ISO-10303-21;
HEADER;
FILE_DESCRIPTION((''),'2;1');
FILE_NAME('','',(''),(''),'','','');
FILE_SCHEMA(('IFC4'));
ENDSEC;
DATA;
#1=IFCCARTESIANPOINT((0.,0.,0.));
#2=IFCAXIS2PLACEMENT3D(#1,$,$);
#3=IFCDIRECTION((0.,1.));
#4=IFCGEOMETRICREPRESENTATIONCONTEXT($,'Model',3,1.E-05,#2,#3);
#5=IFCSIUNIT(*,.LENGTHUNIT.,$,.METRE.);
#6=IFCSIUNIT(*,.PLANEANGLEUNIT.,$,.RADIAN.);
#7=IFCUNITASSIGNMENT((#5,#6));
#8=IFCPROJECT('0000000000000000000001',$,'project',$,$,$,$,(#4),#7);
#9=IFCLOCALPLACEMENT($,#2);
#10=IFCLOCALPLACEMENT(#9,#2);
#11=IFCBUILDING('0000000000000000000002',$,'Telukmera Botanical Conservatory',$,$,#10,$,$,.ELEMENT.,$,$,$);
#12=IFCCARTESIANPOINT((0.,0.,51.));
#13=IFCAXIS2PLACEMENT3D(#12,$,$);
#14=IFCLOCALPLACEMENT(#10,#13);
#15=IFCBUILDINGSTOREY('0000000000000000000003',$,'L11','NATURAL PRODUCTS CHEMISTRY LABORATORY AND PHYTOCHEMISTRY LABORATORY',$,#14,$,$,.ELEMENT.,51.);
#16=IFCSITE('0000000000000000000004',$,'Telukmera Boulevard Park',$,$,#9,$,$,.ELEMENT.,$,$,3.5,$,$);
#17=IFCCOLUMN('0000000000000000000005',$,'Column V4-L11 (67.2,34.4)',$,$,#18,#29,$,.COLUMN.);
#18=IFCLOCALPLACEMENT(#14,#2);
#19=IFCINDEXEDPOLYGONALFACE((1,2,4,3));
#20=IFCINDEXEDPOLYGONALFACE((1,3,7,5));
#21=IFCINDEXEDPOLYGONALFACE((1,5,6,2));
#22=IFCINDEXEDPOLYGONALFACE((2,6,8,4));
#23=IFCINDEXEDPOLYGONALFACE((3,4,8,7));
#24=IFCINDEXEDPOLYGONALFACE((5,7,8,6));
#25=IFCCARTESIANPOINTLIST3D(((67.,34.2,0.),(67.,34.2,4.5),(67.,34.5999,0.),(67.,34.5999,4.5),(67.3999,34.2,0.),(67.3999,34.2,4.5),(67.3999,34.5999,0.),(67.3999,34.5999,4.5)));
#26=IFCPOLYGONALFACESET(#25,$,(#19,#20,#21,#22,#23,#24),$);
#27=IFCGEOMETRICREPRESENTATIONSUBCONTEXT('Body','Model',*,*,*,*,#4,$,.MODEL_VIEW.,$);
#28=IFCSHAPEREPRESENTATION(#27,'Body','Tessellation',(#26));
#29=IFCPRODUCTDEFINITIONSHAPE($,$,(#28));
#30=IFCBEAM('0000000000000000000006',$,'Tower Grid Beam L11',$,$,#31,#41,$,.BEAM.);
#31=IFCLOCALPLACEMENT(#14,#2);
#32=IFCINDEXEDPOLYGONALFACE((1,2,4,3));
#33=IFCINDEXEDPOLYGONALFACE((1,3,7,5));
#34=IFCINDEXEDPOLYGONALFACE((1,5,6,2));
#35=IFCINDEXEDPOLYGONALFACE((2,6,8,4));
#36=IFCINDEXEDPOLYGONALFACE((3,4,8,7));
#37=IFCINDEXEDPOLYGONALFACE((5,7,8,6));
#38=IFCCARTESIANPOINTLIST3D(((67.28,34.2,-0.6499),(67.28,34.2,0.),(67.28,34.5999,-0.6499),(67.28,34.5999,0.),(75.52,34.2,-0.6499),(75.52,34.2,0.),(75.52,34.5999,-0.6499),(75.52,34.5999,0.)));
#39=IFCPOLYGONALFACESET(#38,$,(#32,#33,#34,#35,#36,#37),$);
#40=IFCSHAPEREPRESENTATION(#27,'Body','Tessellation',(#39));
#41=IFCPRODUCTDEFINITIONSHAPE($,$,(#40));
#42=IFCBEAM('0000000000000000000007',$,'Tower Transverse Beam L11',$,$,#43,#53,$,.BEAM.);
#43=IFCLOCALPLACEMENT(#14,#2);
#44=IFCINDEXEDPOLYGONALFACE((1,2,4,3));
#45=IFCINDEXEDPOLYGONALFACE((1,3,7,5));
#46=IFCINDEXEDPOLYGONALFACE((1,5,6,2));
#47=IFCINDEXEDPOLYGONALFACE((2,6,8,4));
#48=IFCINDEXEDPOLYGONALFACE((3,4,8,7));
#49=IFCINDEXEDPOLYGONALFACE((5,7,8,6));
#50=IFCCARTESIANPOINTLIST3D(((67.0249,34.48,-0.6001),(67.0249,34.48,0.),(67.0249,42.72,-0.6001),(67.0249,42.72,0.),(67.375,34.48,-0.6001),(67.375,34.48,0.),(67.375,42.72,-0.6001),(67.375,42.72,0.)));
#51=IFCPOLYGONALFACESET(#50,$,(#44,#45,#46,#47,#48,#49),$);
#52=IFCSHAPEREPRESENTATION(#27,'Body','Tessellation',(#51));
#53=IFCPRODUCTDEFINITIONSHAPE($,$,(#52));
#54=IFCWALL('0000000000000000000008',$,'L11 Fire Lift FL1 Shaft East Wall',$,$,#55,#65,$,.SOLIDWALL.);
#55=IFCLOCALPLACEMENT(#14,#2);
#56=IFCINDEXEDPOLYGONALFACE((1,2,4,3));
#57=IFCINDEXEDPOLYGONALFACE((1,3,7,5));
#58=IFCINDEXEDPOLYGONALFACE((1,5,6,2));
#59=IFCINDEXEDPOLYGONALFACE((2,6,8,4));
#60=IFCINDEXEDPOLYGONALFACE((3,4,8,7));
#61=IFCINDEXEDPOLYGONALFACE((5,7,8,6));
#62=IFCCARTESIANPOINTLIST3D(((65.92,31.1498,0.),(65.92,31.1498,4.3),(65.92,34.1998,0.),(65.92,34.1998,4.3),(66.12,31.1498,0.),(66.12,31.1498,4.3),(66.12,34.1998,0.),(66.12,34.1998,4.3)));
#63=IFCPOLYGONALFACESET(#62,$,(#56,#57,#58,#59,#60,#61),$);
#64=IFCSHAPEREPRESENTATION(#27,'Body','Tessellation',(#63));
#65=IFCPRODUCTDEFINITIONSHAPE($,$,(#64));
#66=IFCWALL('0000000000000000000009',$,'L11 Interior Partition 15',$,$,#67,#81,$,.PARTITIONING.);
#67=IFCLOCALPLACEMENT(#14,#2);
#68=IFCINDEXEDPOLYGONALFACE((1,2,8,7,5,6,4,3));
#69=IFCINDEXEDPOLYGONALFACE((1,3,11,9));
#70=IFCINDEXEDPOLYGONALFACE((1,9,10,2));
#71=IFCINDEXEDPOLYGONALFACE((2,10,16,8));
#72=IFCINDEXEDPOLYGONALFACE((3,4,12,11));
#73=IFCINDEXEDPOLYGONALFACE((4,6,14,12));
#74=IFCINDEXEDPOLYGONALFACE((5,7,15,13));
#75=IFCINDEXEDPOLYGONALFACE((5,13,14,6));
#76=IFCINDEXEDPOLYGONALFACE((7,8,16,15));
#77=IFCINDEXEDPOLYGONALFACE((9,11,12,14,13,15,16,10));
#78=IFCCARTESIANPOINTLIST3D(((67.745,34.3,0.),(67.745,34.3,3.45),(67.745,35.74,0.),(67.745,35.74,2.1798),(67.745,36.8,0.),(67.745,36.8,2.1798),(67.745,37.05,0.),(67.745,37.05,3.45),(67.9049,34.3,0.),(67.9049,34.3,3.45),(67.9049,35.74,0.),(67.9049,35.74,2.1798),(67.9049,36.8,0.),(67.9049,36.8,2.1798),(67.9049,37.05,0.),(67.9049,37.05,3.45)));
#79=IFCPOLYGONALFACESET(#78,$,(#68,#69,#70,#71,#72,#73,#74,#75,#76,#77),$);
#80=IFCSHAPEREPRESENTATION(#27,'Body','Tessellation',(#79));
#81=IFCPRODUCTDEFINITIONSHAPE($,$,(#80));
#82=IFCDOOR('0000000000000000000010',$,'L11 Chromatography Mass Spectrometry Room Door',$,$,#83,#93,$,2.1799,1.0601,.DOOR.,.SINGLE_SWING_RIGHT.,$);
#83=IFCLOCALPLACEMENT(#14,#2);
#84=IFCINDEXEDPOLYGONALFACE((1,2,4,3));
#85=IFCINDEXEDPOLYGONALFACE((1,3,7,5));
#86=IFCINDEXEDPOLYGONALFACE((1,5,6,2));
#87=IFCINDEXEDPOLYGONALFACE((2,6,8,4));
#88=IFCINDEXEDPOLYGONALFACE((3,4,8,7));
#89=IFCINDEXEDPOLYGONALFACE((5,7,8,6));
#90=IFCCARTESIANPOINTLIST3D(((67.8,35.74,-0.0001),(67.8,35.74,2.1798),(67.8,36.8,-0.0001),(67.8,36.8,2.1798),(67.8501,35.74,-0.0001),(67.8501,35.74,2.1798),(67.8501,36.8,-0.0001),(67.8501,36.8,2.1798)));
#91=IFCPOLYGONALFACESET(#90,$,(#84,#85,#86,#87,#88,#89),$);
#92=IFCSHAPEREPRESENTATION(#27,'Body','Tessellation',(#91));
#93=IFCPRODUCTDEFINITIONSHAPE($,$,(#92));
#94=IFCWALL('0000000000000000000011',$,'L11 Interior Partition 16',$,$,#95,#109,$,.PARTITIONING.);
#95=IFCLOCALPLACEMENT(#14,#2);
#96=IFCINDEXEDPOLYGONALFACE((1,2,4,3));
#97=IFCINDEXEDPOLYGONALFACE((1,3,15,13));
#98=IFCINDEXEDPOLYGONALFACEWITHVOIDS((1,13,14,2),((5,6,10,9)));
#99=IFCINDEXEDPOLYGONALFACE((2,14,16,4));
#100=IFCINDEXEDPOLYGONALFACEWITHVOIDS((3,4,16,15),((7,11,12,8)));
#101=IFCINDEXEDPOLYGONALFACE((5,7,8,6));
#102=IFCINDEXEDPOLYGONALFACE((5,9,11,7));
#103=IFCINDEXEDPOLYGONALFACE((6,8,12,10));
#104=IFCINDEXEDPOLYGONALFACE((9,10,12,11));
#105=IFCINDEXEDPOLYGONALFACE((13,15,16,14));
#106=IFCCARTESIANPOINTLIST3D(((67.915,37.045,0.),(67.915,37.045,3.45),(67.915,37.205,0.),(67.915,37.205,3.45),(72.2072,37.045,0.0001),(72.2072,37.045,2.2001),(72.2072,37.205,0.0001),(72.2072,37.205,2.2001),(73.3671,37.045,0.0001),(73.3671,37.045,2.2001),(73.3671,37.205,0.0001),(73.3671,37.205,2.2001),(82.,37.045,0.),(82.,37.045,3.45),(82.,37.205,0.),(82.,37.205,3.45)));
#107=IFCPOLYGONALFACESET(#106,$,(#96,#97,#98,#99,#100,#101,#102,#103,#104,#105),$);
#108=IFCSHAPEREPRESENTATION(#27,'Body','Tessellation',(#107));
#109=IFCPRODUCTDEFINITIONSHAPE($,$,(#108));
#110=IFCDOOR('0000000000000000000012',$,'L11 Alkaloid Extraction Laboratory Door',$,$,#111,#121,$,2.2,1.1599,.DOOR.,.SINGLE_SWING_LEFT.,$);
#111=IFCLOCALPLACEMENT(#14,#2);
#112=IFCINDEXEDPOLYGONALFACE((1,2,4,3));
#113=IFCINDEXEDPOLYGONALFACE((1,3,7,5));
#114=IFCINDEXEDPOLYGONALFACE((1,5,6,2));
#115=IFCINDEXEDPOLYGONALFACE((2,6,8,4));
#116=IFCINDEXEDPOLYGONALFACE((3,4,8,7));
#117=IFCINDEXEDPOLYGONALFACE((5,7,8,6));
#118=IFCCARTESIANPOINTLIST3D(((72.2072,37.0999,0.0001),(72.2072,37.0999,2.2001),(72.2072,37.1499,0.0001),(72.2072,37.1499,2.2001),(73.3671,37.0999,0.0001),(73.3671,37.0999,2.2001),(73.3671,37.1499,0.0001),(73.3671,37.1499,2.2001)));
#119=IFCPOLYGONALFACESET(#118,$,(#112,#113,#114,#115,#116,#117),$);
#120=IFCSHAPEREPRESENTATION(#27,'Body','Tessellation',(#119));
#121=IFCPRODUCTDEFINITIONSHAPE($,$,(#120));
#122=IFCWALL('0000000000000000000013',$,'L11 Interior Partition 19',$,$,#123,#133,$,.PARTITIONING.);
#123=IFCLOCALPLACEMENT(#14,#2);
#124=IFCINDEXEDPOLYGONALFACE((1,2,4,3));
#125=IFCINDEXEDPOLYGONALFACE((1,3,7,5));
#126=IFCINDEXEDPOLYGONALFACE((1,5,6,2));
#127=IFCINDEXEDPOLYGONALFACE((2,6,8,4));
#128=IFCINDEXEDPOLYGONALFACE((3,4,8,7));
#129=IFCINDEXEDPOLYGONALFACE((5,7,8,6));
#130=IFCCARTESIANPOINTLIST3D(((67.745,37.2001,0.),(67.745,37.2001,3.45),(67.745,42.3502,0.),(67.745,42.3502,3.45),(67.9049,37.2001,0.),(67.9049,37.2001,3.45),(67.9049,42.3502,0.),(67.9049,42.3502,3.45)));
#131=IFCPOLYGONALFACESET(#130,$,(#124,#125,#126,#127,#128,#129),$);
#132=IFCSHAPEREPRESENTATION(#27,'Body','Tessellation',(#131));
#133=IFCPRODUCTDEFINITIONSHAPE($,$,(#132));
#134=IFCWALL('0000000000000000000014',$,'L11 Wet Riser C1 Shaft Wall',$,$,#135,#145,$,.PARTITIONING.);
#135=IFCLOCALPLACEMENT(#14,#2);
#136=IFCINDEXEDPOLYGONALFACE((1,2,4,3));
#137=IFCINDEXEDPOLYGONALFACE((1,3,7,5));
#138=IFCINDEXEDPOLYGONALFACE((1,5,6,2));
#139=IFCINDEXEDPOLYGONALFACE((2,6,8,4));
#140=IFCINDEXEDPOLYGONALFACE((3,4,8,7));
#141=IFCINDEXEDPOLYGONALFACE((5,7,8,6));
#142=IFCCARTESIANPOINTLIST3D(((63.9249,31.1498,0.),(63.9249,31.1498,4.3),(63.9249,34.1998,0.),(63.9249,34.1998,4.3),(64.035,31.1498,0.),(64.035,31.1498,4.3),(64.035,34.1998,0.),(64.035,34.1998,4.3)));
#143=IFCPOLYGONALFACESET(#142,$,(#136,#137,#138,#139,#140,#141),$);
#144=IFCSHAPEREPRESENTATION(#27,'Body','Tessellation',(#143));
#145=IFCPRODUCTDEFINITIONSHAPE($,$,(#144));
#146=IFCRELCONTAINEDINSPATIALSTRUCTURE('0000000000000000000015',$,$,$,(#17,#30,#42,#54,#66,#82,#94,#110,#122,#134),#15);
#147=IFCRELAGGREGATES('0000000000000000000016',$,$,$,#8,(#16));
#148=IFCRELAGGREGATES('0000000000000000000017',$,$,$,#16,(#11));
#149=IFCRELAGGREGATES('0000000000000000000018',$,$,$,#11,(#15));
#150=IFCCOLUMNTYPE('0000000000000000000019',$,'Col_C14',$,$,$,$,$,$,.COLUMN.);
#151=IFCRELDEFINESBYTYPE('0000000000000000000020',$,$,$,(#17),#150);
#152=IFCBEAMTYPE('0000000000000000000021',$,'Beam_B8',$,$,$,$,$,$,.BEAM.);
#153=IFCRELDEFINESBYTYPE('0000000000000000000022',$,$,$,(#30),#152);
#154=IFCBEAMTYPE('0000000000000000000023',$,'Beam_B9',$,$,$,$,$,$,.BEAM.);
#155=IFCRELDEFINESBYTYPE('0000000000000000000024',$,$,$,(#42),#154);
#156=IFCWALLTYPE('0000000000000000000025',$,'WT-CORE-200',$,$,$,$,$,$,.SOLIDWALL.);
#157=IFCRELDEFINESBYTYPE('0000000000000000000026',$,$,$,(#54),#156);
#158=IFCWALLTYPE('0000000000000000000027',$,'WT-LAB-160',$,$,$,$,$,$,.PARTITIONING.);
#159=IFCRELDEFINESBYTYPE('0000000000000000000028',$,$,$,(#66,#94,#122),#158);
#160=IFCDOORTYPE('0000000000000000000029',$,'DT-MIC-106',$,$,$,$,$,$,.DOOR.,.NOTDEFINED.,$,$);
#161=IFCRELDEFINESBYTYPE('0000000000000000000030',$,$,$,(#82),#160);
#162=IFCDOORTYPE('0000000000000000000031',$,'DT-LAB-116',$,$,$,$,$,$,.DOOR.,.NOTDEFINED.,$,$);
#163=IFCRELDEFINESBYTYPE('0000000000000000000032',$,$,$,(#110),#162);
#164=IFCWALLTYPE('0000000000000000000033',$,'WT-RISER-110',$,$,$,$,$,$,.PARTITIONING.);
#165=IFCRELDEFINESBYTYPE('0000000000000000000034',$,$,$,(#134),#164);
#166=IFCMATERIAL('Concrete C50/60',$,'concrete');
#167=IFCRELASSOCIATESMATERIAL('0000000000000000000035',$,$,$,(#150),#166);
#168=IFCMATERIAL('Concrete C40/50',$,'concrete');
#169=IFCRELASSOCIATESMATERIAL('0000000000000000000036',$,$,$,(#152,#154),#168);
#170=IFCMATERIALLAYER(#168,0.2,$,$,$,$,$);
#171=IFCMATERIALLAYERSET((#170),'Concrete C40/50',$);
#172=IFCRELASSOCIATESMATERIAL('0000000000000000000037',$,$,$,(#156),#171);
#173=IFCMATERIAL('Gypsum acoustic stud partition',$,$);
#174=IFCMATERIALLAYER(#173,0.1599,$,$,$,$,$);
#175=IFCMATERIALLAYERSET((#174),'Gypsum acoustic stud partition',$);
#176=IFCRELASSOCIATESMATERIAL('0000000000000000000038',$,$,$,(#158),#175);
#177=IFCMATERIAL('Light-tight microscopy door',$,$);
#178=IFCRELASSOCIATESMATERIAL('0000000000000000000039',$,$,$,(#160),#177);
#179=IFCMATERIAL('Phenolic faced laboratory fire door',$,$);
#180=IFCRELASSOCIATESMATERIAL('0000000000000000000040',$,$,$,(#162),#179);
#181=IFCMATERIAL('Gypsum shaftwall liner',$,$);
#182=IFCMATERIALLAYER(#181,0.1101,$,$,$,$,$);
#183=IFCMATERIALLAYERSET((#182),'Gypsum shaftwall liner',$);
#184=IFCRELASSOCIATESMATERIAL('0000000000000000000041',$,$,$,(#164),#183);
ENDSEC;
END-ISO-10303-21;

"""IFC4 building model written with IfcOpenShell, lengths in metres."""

from ifc_helpers import new_model, si_unit, direction, frame, frame_2d, origin, origin_2d, place, context, subcontext, project, spatial, rectangle, extrude, material, layer, layer_set, material_profile, profile_set, type_object, element, fill, save


model = new_model("IFC4")

# Units and contexts
model_context = context("Model", 3, precision=1e-05, world=origin(), true_north=direction((0.0, 1.0)))
body_context = subcontext(model_context, "Body", "Model", "MODEL_VIEW")
ifc_project = project(units=[si_unit("LENGTHUNIT", "METRE"), si_unit("PLANEANGLEUNIT", "RADIAN")], contexts=[model_context])

# Site, building, storey
site_placement = place(None, origin())
site = spatial("IfcSite", under=ifc_project, at=site_placement, Name="Telukmera Boulevard Park", CompositionType="ELEMENT", RefElevation=3.5)
building_placement = place(site_placement, origin())
building = spatial("IfcBuilding", under=site, at=building_placement, Name="Telukmera Botanical Conservatory", CompositionType="ELEMENT")
storey_placement = place(building_placement, frame((0.0, 0.0, 51.0)))
storey = spatial("IfcBuildingStorey", under=building, at=storey_placement, Name="L11", Description="NATURAL PRODUCTS CHEMISTRY LABORATORY AND PHYTOCHEMISTRY LABORATORY", CompositionType="ELEMENT", Elevation=51.0)

# Column
ifc_material_1 = material(Name="Concrete C50/60", Category="concrete")
ifc_material_profile_1 = material_profile(ifc_material_1, rectangle(XDim=0.3999, YDim=0.3999, at=origin_2d()), Name="RC 400x400")
ifc_profile_set_1 = profile_set([ifc_material_profile_1], Name="Concrete C50/60")
column_type = type_object("IfcColumnType", Name="Col_C14", PredefinedType="COLUMN", material=ifc_profile_set_1)
column_placement = place(storey_placement, frame((67.2, 34.3999, 0.0), z_axis=(0.0, 0.0, 1.0), x_axis=(1.0, 0.0, 0.0)))
element("IfcColumn", 1, at=column_placement, inside=storey, type_object=column_type, Name="Column V4-L11 (67.2,34.4)", PredefinedType="COLUMN", context=body_context, shape_type="SweptSolid", body=[
    extrude(rectangle(XDim=0.3999, YDim=0.3999, at=origin_2d()), origin(), (0.0, 0.0, 1.0), 4.5),
])

# Beams
ifc_material_2 = material(Name="Concrete C40/50", Category="concrete")
ifc_material_profile_2 = material_profile(ifc_material_2, rectangle(XDim=0.3999, YDim=0.6499, at=origin_2d()), Name="RC 400x650")
ifc_profile_set_2 = profile_set([ifc_material_profile_2], Name="Concrete C40/50")
beam_type_1 = type_object("IfcBeamType", Name="Beam_B8", PredefinedType="BEAM", material=ifc_profile_set_2)
beam_1_placement = place(storey_placement, frame((67.28, 34.3999, -0.325), z_axis=(1.0, 0.0, 0.0), x_axis=(0.0, 1.0, 0.0)))
element("IfcBeam", 2, at=beam_1_placement, inside=storey, type_object=beam_type_1, Name="Tower Grid Beam L11", PredefinedType="BEAM", context=body_context, shape_type="SweptSolid", body=[
    extrude(rectangle(XDim=0.3999, YDim=0.6499, at=origin_2d()), origin(), (0.0, 0.0, 1.0), 8.24),
])
ifc_material_profile_3 = material_profile(ifc_material_2, rectangle(XDim=0.3501, YDim=0.6001, at=origin_2d()), Name="RC 350x600")
ifc_profile_set_3 = profile_set([ifc_material_profile_3], Name="Concrete C40/50")
beam_type_2 = type_object("IfcBeamType", Name="Beam_B9", PredefinedType="BEAM", material=ifc_profile_set_3)
beam_2_placement = place(storey_placement, frame((67.2, 34.48, -0.3), z_axis=(0.0, 1.0, 0.0), x_axis=(-1.0, 0.0, 0.0)))
element("IfcBeam", 3, at=beam_2_placement, inside=storey, type_object=beam_type_2, Name="Tower Transverse Beam L11", PredefinedType="BEAM", context=body_context, shape_type="SweptSolid", body=[
    extrude(rectangle(XDim=0.3501, YDim=0.6001, at=origin_2d()), origin(), (0.0, 0.0, 1.0), 8.24),
])

# Shared definitions
ifc_layer_1 = layer(ifc_material_2, 0.2)
ifc_layer_set_1 = layer_set([ifc_layer_1], Name="Concrete C40/50")
wall_type_1 = type_object("IfcWallType", Name="WT-CORE-200", PredefinedType="SOLIDWALL", material=ifc_layer_set_1)

# Wall
wall_1_placement = place(storey_placement, frame((66.02, 31.1499, 0.0), z_axis=(0.0, 0.0, 1.0), x_axis=(0.0, 1.0, 0.0)))
element("IfcWall", 4, at=wall_1_placement, inside=storey, type_object=wall_type_1, Name="L11 Fire Lift FL1 Shaft East Wall", PredefinedType="SOLIDWALL", context=body_context, shape_type="SweptSolid", body=[
    extrude(rectangle(XDim=3.05, YDim=0.2, at=frame_2d((1.5249, 0.0))), origin(), (0.0, 0.0, 1.0), 4.3),
])

# Walls, openings, doors
ifc_material_3 = material(Name="Gypsum acoustic stud partition")
ifc_layer_2 = layer(ifc_material_3, 0.1599)
ifc_layer_set_2 = layer_set([ifc_layer_2], Name="Gypsum acoustic stud partition")
wall_type_2 = type_object("IfcWallType", Name="WT-LAB-160", PredefinedType="PARTITIONING", material=ifc_layer_set_2)
wall_2_placement = place(storey_placement, frame((67.825, 34.3, 0.0), z_axis=(0.0, 0.0, 1.0), x_axis=(0.0, 1.0, 0.0)))
wall_2 = element("IfcWall", 5, at=wall_2_placement, inside=storey, type_object=wall_type_2, Name="L11 Interior Partition 15", PredefinedType="PARTITIONING", context=body_context, shape_type="SweptSolid", body=[
    extrude(rectangle(XDim=2.75, YDim=0.1599, at=frame_2d((1.375, 0.0))), origin(), (0.0, 0.0, 1.0), 3.45),
])
opening_1_placement = place(wall_2_placement, frame((1.4399, 0.0, 0.0)))
opening_1 = element("IfcOpeningElement", 6, at=opening_1_placement, cuts=wall_2, PredefinedType="OPENING", context=body_context, shape_type="SweptSolid", body=[
    extrude(rectangle(XDim=1.0601, YDim=2.1799, at=frame_2d((0.53, 1.0898))), frame((0.0, 0.0898, 0.0), z_axis=(0.0, -1.0, 0.0), x_axis=(1.0, 0.0, 0.0)), (0.0, 0.0, 1.0), 0.1799),
])
ifc_material_4 = material(Name="Light-tight microscopy door")
door_type_1 = type_object("IfcDoorType", Name="DT-MIC-106", OperationType="NOTDEFINED", PredefinedType="DOOR", material=ifc_material_4)
door_1_placement = place(opening_1_placement, origin())
door_1 = element("IfcDoor", 7, at=door_1_placement, inside=storey, type_object=door_type_1, Name="L11 Chromatography Mass Spectrometry Room Door", OperationType="SINGLE_SWING_RIGHT", OverallHeight=2.1799, OverallWidth=1.0601, PredefinedType="DOOR", context=body_context, shape_type="SweptSolid", body=[
    extrude(rectangle(XDim=1.0601, YDim=2.1799, at=frame_2d((0.53, 1.0898))), frame((0.0, 0.0249, 0.0), z_axis=(0.0, -1.0, 0.0), x_axis=(1.0, 0.0, 0.0)), (0.0, 0.0, 1.0), 0.05),
])
fill(opening_1, door_1)
wall_3_placement = place(storey_placement, frame((67.915, 37.125, 0.0), z_axis=(0.0, 0.0, 1.0), x_axis=(1.0, 0.0, 0.0)))
wall_3 = element("IfcWall", 8, at=wall_3_placement, inside=storey, type_object=wall_type_2, Name="L11 Interior Partition 16", PredefinedType="PARTITIONING", context=body_context, shape_type="SweptSolid", body=[
    extrude(rectangle(XDim=14.085, YDim=0.1599, at=frame_2d((7.0425, 0.0))), origin(), (0.0, 0.0, 1.0), 3.45),
])
opening_2_placement = place(wall_3_placement, frame((4.292, 0.0, 0.0)))
opening_2 = element("IfcOpeningElement", 9, at=opening_2_placement, cuts=wall_3, PredefinedType="OPENING", context=body_context, shape_type="SweptSolid", body=[
    extrude(rectangle(XDim=1.1599, YDim=2.2, at=frame_2d((0.5801, 1.1001))), frame((0.0, 0.0898, 0.0), z_axis=(0.0, -1.0, 0.0), x_axis=(1.0, 0.0, 0.0)), (0.0, 0.0, 1.0), 0.1799),
])
ifc_material_5 = material(Name="Phenolic faced laboratory fire door")
door_type_2 = type_object("IfcDoorType", Name="DT-LAB-116", OperationType="NOTDEFINED", PredefinedType="DOOR", material=ifc_material_5)
door_2_placement = place(opening_2_placement, origin())
door_2 = element("IfcDoor", 10, at=door_2_placement, inside=storey, type_object=door_type_2, Name="L11 Alkaloid Extraction Laboratory Door", OperationType="SINGLE_SWING_LEFT", OverallHeight=2.2, OverallWidth=1.1599, PredefinedType="DOOR", context=body_context, shape_type="SweptSolid", body=[
    extrude(rectangle(XDim=1.1599, YDim=2.2, at=frame_2d((0.5801, 1.1001))), frame((0.0, 0.0249, 0.0), z_axis=(0.0, -1.0, 0.0), x_axis=(1.0, 0.0, 0.0)), (0.0, 0.0, 1.0), 0.05),
])
fill(opening_2, door_2)

# Walls
wall_4_placement = place(storey_placement, frame((67.825, 37.2, 0.0), z_axis=(0.0, 0.0, 1.0), x_axis=(0.0, 1.0, 0.0)))
element("IfcWall", 11, at=wall_4_placement, inside=storey, type_object=wall_type_2, Name="L11 Interior Partition 19", PredefinedType="PARTITIONING", context=body_context, shape_type="SweptSolid", body=[
    extrude(rectangle(XDim=5.1501, YDim=0.1599, at=frame_2d((2.5752, 0.0))), origin(), (0.0, 0.0, 1.0), 3.45),
])
ifc_material_6 = material(Name="Gypsum shaftwall liner")
ifc_layer_3 = layer(ifc_material_6, 0.1101)
ifc_layer_set_3 = layer_set([ifc_layer_3], Name="Gypsum shaftwall liner")
wall_type_3 = type_object("IfcWallType", Name="WT-RISER-110", PredefinedType="PARTITIONING", material=ifc_layer_set_3)
wall_5_placement = place(storey_placement, frame((63.98, 31.1499, 0.0), z_axis=(0.0, 0.0, 1.0), x_axis=(0.0, 1.0, 0.0)))
element("IfcWall", 12, at=wall_5_placement, inside=storey, type_object=wall_type_3, Name="L11 Wet Riser C1 Shaft Wall", PredefinedType="PARTITIONING", context=body_context, shape_type="SweptSolid", body=[
    extrude(rectangle(XDim=3.05, YDim=0.1101, at=frame_2d((1.5249, 0.0))), origin(), (0.0, 0.0, 1.0), 4.3),
])

save(model, "model.ifc")
